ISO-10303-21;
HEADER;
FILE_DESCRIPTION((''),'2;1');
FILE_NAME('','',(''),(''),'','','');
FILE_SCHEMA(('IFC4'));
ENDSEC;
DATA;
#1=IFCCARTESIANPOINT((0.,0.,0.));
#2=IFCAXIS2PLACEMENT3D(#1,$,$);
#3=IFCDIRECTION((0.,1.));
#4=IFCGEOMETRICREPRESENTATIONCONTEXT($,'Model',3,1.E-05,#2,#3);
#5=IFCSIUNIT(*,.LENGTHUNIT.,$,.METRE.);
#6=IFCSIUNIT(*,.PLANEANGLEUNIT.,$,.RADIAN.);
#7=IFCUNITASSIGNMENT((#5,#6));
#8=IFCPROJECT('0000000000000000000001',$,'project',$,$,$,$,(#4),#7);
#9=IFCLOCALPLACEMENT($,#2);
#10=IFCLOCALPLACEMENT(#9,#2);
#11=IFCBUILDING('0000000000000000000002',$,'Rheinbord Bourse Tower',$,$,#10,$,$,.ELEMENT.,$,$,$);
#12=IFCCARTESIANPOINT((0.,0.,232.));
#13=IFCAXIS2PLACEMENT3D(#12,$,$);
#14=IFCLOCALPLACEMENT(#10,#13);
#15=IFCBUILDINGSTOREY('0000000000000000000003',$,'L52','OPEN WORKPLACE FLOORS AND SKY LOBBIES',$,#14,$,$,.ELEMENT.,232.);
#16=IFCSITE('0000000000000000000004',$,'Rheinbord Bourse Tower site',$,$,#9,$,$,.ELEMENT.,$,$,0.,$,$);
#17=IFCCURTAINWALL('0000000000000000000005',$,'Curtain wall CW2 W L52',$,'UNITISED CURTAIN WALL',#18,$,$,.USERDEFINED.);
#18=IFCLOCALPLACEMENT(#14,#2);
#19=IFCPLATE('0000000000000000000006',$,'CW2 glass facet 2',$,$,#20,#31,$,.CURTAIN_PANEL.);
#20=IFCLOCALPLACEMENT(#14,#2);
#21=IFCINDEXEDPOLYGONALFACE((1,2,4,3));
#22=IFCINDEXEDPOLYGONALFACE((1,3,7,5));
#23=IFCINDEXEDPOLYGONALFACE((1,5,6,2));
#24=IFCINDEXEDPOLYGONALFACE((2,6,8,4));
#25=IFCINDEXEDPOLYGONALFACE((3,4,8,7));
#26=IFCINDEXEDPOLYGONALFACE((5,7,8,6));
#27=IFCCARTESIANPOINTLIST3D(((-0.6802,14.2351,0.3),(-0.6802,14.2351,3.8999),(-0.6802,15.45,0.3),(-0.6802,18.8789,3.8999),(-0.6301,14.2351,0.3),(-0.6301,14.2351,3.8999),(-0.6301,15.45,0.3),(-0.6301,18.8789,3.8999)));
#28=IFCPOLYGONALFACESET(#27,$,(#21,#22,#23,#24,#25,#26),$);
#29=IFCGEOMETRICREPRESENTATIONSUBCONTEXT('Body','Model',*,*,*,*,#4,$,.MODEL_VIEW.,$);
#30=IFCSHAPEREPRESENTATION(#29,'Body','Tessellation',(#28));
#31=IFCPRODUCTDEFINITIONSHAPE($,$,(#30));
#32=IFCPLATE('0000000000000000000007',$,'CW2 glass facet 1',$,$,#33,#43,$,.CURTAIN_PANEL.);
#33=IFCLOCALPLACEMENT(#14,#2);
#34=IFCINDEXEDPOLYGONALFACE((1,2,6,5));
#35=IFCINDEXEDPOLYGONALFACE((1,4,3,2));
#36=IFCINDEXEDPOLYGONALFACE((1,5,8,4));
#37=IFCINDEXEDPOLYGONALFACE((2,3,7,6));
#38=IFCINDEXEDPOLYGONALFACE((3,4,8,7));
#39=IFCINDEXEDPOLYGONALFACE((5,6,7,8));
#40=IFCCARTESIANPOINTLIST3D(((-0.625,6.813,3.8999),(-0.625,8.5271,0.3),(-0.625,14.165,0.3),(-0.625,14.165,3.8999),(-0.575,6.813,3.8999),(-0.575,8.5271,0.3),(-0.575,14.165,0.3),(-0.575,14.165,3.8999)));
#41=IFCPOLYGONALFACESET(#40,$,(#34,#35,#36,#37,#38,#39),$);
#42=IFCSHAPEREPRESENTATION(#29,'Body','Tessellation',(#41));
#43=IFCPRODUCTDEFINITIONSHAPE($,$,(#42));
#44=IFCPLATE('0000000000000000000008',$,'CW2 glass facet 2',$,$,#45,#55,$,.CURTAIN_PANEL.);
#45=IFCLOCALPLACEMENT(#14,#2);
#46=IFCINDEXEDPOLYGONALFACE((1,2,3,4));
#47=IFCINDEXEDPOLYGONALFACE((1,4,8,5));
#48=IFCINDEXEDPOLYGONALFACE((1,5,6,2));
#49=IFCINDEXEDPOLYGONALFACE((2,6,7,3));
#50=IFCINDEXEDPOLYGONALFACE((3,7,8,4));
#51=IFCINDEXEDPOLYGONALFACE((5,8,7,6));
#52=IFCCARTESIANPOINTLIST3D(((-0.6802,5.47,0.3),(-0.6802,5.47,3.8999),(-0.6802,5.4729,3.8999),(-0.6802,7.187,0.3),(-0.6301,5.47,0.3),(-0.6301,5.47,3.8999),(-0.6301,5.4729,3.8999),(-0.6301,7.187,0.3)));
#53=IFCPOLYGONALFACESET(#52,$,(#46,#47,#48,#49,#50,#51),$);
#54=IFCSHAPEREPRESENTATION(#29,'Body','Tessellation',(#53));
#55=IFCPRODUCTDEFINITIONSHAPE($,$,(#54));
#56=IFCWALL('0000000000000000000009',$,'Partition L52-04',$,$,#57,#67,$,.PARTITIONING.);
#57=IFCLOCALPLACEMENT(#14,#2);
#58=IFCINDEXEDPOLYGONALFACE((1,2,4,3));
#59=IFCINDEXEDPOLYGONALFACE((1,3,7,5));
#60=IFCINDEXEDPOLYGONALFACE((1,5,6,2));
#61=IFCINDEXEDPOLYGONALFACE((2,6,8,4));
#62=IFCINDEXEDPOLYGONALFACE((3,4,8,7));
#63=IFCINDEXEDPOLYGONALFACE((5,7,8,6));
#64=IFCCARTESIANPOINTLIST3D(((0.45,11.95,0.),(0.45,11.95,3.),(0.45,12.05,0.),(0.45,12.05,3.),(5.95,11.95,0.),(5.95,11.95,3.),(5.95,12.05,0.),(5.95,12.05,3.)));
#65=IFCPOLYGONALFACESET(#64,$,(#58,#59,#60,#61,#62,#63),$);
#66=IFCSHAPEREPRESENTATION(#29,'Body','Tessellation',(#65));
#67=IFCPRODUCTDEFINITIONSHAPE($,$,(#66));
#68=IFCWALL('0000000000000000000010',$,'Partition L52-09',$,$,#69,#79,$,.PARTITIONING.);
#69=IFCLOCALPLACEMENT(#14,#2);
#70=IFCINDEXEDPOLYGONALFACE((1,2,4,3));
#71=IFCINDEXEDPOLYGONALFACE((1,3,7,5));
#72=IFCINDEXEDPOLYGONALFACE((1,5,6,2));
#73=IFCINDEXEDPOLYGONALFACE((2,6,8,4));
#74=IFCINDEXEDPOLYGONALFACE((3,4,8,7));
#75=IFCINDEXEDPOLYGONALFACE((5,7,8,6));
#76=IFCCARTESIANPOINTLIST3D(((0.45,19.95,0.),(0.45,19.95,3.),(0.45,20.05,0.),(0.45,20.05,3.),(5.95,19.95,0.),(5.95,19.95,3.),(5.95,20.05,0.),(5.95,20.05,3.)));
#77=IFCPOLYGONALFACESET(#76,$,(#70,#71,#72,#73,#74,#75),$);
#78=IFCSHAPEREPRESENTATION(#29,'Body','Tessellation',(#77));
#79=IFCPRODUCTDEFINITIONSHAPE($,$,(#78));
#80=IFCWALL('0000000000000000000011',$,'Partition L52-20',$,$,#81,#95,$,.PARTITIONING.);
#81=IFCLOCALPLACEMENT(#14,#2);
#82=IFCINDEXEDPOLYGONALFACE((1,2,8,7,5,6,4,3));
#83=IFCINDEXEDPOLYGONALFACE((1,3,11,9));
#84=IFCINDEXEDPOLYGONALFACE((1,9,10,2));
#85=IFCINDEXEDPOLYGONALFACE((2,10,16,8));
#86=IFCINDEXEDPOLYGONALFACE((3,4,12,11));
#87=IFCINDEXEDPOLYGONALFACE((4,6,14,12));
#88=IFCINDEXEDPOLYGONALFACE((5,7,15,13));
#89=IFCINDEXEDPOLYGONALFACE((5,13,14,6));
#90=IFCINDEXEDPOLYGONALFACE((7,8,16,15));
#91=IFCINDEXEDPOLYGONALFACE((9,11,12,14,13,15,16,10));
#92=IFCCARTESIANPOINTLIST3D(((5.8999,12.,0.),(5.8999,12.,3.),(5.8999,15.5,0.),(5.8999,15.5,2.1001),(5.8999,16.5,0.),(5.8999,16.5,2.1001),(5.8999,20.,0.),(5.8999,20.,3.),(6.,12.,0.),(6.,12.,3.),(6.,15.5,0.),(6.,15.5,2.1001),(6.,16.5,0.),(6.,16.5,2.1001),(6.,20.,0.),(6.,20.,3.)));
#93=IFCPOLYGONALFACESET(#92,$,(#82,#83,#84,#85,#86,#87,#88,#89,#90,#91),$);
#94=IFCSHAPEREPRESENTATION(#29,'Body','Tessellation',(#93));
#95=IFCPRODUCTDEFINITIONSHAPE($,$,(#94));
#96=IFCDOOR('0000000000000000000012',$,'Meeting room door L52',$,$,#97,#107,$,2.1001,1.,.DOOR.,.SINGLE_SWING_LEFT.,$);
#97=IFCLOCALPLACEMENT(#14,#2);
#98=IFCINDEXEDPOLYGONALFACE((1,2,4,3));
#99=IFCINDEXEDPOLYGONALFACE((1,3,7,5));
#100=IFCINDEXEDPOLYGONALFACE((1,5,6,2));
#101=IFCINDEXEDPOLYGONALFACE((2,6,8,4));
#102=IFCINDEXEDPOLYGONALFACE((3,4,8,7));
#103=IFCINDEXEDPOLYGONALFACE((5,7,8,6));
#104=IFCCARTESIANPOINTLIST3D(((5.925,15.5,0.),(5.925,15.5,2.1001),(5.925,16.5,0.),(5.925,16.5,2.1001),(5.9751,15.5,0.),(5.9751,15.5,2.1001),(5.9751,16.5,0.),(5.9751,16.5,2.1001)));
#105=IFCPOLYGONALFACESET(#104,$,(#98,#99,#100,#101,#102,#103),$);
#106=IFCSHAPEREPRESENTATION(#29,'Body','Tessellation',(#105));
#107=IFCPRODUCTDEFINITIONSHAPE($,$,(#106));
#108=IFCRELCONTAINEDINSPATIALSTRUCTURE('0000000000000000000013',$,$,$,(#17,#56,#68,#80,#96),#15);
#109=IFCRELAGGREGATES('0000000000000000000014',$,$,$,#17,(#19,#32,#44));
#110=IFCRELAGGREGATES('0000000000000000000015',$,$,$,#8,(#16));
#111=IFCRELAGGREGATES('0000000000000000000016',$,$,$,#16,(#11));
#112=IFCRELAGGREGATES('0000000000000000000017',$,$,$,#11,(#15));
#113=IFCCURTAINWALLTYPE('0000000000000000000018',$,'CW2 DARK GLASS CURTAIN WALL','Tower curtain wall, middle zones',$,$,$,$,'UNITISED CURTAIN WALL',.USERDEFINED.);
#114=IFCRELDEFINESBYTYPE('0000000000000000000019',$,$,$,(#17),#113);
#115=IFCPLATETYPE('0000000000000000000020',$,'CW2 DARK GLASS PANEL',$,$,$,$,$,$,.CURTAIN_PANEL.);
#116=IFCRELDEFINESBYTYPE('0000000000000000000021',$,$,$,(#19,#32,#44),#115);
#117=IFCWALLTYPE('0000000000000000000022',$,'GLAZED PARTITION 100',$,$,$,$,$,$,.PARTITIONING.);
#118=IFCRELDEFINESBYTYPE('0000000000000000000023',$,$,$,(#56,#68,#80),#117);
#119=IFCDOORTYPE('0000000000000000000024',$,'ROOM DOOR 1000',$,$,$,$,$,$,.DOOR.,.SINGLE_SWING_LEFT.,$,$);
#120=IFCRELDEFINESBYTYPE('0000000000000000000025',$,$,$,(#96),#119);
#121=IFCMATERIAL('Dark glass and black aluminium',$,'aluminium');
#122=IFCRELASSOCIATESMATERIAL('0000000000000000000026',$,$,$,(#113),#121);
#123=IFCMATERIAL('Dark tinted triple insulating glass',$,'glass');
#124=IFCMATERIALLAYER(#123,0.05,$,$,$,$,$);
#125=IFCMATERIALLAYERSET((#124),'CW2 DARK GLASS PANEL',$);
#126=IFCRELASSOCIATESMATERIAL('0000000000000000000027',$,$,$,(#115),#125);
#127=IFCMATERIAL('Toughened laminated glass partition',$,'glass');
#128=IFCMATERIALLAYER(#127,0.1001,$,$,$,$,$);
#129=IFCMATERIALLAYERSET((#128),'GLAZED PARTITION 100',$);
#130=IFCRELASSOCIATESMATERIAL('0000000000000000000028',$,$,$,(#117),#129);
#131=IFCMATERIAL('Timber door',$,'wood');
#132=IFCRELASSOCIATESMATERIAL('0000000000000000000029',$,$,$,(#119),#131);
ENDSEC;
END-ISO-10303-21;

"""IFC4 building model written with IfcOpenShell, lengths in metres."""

from ifc_helpers import new_model, si_unit, direction, frame, frame_2d, origin, place, context, subcontext, project, spatial, polyline, rectangle, outline, extrude, material, layer, layer_set, type_object, element, fill, aggregate, save


model = new_model("IFC4")

# Units and contexts
model_context = context("Model", 3, precision=1e-05, world=origin(), true_north=direction((0.0, 1.0)))
body_context = subcontext(model_context, "Body", "Model", "MODEL_VIEW")
ifc_project = project(units=[si_unit("LENGTHUNIT", "METRE"), si_unit("PLANEANGLEUNIT", "RADIAN")], contexts=[model_context])

# Site, building, storey
site_placement = place(None, origin())
site = spatial("IfcSite", under=ifc_project, at=site_placement, Name="Rheinbord Bourse Tower site", CompositionType="ELEMENT", RefElevation=0.0)
building_placement = place(site_placement, origin())
building = spatial("IfcBuilding", under=site, at=building_placement, Name="Rheinbord Bourse Tower", CompositionType="ELEMENT")
storey_placement = place(building_placement, frame((0.0, 0.0, 232.0)))
storey = spatial("IfcBuildingStorey", under=building, at=storey_placement, Name="L52", Description="OPEN WORKPLACE FLOORS AND SKY LOBBIES", CompositionType="ELEMENT", Elevation=232.0)

# Curtain wall
ifc_material_1 = material(Name="Dark glass and black aluminium", Category="aluminium")
curtain_wall_type = type_object("IfcCurtainWallType", Name="CW2 DARK GLASS CURTAIN WALL", Description="Tower curtain wall, middle zones", ElementType="UNITISED CURTAIN WALL", PredefinedType="USERDEFINED", material=ifc_material_1)
curtain_wall_placement = place(storey_placement, origin())
curtain_wall = element("IfcCurtainWall", 1, at=curtain_wall_placement, inside=storey, type_object=curtain_wall_type, Name="Curtain wall CW2 W L52", ObjectType="UNITISED CURTAIN WALL", PredefinedType="USERDEFINED")

# Plates
ifc_material_2 = material(Name="Dark tinted triple insulating glass", Category="glass")
ifc_layer_1 = layer(ifc_material_2, 0.05)
ifc_layer_set_1 = layer_set([ifc_layer_1], Name="CW2 DARK GLASS PANEL")
plate_type = type_object("IfcPlateType", Name="CW2 DARK GLASS PANEL", PredefinedType="CURTAIN_PANEL", material=ifc_layer_set_1)
plate_1_placement = place(storey_placement, frame((-0.6802, 14.2351, 3.8999), z_axis=(1.0, 0.0, 0.0), x_axis=(0.0, 0.0, -1.0)))
plate_1 = element("IfcPlate", 2, at=plate_1_placement, type_object=plate_type, Name="CW2 glass facet 2", PredefinedType="CURTAIN_PANEL", context=body_context, shape_type="SweptSolid", body=[
    extrude(outline(polyline([(0.0, 0.0), (3.5999, 0.0), (3.5999, 1.2148), (0.0, 4.6438), (0.0, 0.0)])), origin(), (0.0, 0.0, 1.0), 0.05),
])
plate_2_placement = place(storey_placement, frame((-0.625, 14.165, 0.3), z_axis=(1.0, 0.0, 0.0), x_axis=(0.0, 0.0, 1.0)))
plate_2 = element("IfcPlate", 3, at=plate_2_placement, type_object=plate_type, Name="CW2 glass facet 1", PredefinedType="CURTAIN_PANEL", context=body_context, shape_type="SweptSolid", body=[
    extrude(outline(polyline([(0.0, 0.0), (3.5999, 0.0), (3.5999, 7.3521), (0.0, 5.6379), (0.0, 0.0)])), origin(), (0.0, 0.0, 1.0), 0.05),
])
plate_3_placement = place(storey_placement, frame((-0.6802, 5.47, 3.8999), z_axis=(1.0, 0.0, 0.0), x_axis=(0.0, 0.0, -1.0)))
plate_3 = element("IfcPlate", 4, at=plate_3_placement, type_object=plate_type, Name="CW2 glass facet 2", PredefinedType="CURTAIN_PANEL", context=body_context, shape_type="SweptSolid", body=[
    extrude(outline(polyline([(0.0, 0.0), (3.5999, 0.0), (3.5999, 1.717), (0.0, 0.0029), (0.0, 0.0)])), origin(), (0.0, 0.0, 1.0), 0.05),
])
aggregate(curtain_wall, [plate_1, plate_2, plate_3])

# Walls
ifc_material_3 = material(Name="Toughened laminated glass partition", Category="glass")
ifc_layer_2 = layer(ifc_material_3, 0.1001)
ifc_layer_set_2 = layer_set([ifc_layer_2], Name="GLAZED PARTITION 100")
wall_type = type_object("IfcWallType", Name="GLAZED PARTITION 100", PredefinedType="PARTITIONING", material=ifc_layer_set_2)
for number, where, z_axis, x_axis, name in (
    (5, (0.45, 12.0, 0.0), (0.0, 0.0, 1.0), (1.0, 0.0, 0.0), "Partition L52-04"),
    (6, (0.45, 20.0, 0.0), (0.0, 0.0, 1.0), (1.0, 0.0, 0.0), "Partition L52-09"),
):
    element("IfcWall", number, at=place(storey_placement, frame(where, z_axis=z_axis, x_axis=x_axis)), inside=storey, type_object=wall_type, Name=name, PredefinedType="PARTITIONING", context=body_context, shape_type="SweptSolid", body=[
        extrude(rectangle(XDim=5.5, YDim=0.1001, at=frame_2d((2.75, 0.0))), origin(), (0.0, 0.0, 1.0), 3.0),
    ])

# Wall, opening, door
wall_placement = place(storey_placement, frame((5.95, 12.0, 0.0), z_axis=(0.0, 0.0, 1.0), x_axis=(0.0, 1.0, 0.0)))
wall = element("IfcWall", 7, at=wall_placement, inside=storey, type_object=wall_type, Name="Partition L52-20", PredefinedType="PARTITIONING", context=body_context, shape_type="SweptSolid", body=[
    extrude(rectangle(XDim=8.0, YDim=0.1001, at=frame_2d((4.0, 0.0))), origin(), (0.0, 0.0, 1.0), 3.0),
])
opening_placement = place(wall_placement, frame((3.5, 0.0, 0.0)))
opening = element("IfcOpeningElement", 8, at=opening_placement, cuts=wall, PredefinedType="OPENING", context=body_context, shape_type="SweptSolid", body=[
    extrude(rectangle(XDim=1.0, YDim=2.1001, at=frame_2d((0.5, 1.05))), frame((0.0, 0.0601, 0.0), z_axis=(0.0, -1.0, 0.0), x_axis=(1.0, 0.0, 0.0)), (0.0, 0.0, 1.0), 0.1201),
])
ifc_material_4 = material(Name="Timber door", Category="wood")
door_type = type_object("IfcDoorType", Name="ROOM DOOR 1000", OperationType="SINGLE_SWING_LEFT", PredefinedType="DOOR", material=ifc_material_4)
door_placement = place(opening_placement, origin())
door = element("IfcDoor", 9, at=door_placement, inside=storey, type_object=door_type, Name="Meeting room door L52", OperationType="SINGLE_SWING_LEFT", OverallHeight=2.1001, OverallWidth=1.0, PredefinedType="DOOR", context=body_context, shape_type="SweptSolid", body=[
    extrude(rectangle(XDim=1.0, YDim=2.1001, at=frame_2d((0.5, 1.05))), frame((0.0, 0.0249, 0.0), z_axis=(0.0, -1.0, 0.0), x_axis=(1.0, 0.0, 0.0)), (0.0, 0.0, 1.0), 0.05),
])
fill(opening, door)

save(model, "model.ifc")
